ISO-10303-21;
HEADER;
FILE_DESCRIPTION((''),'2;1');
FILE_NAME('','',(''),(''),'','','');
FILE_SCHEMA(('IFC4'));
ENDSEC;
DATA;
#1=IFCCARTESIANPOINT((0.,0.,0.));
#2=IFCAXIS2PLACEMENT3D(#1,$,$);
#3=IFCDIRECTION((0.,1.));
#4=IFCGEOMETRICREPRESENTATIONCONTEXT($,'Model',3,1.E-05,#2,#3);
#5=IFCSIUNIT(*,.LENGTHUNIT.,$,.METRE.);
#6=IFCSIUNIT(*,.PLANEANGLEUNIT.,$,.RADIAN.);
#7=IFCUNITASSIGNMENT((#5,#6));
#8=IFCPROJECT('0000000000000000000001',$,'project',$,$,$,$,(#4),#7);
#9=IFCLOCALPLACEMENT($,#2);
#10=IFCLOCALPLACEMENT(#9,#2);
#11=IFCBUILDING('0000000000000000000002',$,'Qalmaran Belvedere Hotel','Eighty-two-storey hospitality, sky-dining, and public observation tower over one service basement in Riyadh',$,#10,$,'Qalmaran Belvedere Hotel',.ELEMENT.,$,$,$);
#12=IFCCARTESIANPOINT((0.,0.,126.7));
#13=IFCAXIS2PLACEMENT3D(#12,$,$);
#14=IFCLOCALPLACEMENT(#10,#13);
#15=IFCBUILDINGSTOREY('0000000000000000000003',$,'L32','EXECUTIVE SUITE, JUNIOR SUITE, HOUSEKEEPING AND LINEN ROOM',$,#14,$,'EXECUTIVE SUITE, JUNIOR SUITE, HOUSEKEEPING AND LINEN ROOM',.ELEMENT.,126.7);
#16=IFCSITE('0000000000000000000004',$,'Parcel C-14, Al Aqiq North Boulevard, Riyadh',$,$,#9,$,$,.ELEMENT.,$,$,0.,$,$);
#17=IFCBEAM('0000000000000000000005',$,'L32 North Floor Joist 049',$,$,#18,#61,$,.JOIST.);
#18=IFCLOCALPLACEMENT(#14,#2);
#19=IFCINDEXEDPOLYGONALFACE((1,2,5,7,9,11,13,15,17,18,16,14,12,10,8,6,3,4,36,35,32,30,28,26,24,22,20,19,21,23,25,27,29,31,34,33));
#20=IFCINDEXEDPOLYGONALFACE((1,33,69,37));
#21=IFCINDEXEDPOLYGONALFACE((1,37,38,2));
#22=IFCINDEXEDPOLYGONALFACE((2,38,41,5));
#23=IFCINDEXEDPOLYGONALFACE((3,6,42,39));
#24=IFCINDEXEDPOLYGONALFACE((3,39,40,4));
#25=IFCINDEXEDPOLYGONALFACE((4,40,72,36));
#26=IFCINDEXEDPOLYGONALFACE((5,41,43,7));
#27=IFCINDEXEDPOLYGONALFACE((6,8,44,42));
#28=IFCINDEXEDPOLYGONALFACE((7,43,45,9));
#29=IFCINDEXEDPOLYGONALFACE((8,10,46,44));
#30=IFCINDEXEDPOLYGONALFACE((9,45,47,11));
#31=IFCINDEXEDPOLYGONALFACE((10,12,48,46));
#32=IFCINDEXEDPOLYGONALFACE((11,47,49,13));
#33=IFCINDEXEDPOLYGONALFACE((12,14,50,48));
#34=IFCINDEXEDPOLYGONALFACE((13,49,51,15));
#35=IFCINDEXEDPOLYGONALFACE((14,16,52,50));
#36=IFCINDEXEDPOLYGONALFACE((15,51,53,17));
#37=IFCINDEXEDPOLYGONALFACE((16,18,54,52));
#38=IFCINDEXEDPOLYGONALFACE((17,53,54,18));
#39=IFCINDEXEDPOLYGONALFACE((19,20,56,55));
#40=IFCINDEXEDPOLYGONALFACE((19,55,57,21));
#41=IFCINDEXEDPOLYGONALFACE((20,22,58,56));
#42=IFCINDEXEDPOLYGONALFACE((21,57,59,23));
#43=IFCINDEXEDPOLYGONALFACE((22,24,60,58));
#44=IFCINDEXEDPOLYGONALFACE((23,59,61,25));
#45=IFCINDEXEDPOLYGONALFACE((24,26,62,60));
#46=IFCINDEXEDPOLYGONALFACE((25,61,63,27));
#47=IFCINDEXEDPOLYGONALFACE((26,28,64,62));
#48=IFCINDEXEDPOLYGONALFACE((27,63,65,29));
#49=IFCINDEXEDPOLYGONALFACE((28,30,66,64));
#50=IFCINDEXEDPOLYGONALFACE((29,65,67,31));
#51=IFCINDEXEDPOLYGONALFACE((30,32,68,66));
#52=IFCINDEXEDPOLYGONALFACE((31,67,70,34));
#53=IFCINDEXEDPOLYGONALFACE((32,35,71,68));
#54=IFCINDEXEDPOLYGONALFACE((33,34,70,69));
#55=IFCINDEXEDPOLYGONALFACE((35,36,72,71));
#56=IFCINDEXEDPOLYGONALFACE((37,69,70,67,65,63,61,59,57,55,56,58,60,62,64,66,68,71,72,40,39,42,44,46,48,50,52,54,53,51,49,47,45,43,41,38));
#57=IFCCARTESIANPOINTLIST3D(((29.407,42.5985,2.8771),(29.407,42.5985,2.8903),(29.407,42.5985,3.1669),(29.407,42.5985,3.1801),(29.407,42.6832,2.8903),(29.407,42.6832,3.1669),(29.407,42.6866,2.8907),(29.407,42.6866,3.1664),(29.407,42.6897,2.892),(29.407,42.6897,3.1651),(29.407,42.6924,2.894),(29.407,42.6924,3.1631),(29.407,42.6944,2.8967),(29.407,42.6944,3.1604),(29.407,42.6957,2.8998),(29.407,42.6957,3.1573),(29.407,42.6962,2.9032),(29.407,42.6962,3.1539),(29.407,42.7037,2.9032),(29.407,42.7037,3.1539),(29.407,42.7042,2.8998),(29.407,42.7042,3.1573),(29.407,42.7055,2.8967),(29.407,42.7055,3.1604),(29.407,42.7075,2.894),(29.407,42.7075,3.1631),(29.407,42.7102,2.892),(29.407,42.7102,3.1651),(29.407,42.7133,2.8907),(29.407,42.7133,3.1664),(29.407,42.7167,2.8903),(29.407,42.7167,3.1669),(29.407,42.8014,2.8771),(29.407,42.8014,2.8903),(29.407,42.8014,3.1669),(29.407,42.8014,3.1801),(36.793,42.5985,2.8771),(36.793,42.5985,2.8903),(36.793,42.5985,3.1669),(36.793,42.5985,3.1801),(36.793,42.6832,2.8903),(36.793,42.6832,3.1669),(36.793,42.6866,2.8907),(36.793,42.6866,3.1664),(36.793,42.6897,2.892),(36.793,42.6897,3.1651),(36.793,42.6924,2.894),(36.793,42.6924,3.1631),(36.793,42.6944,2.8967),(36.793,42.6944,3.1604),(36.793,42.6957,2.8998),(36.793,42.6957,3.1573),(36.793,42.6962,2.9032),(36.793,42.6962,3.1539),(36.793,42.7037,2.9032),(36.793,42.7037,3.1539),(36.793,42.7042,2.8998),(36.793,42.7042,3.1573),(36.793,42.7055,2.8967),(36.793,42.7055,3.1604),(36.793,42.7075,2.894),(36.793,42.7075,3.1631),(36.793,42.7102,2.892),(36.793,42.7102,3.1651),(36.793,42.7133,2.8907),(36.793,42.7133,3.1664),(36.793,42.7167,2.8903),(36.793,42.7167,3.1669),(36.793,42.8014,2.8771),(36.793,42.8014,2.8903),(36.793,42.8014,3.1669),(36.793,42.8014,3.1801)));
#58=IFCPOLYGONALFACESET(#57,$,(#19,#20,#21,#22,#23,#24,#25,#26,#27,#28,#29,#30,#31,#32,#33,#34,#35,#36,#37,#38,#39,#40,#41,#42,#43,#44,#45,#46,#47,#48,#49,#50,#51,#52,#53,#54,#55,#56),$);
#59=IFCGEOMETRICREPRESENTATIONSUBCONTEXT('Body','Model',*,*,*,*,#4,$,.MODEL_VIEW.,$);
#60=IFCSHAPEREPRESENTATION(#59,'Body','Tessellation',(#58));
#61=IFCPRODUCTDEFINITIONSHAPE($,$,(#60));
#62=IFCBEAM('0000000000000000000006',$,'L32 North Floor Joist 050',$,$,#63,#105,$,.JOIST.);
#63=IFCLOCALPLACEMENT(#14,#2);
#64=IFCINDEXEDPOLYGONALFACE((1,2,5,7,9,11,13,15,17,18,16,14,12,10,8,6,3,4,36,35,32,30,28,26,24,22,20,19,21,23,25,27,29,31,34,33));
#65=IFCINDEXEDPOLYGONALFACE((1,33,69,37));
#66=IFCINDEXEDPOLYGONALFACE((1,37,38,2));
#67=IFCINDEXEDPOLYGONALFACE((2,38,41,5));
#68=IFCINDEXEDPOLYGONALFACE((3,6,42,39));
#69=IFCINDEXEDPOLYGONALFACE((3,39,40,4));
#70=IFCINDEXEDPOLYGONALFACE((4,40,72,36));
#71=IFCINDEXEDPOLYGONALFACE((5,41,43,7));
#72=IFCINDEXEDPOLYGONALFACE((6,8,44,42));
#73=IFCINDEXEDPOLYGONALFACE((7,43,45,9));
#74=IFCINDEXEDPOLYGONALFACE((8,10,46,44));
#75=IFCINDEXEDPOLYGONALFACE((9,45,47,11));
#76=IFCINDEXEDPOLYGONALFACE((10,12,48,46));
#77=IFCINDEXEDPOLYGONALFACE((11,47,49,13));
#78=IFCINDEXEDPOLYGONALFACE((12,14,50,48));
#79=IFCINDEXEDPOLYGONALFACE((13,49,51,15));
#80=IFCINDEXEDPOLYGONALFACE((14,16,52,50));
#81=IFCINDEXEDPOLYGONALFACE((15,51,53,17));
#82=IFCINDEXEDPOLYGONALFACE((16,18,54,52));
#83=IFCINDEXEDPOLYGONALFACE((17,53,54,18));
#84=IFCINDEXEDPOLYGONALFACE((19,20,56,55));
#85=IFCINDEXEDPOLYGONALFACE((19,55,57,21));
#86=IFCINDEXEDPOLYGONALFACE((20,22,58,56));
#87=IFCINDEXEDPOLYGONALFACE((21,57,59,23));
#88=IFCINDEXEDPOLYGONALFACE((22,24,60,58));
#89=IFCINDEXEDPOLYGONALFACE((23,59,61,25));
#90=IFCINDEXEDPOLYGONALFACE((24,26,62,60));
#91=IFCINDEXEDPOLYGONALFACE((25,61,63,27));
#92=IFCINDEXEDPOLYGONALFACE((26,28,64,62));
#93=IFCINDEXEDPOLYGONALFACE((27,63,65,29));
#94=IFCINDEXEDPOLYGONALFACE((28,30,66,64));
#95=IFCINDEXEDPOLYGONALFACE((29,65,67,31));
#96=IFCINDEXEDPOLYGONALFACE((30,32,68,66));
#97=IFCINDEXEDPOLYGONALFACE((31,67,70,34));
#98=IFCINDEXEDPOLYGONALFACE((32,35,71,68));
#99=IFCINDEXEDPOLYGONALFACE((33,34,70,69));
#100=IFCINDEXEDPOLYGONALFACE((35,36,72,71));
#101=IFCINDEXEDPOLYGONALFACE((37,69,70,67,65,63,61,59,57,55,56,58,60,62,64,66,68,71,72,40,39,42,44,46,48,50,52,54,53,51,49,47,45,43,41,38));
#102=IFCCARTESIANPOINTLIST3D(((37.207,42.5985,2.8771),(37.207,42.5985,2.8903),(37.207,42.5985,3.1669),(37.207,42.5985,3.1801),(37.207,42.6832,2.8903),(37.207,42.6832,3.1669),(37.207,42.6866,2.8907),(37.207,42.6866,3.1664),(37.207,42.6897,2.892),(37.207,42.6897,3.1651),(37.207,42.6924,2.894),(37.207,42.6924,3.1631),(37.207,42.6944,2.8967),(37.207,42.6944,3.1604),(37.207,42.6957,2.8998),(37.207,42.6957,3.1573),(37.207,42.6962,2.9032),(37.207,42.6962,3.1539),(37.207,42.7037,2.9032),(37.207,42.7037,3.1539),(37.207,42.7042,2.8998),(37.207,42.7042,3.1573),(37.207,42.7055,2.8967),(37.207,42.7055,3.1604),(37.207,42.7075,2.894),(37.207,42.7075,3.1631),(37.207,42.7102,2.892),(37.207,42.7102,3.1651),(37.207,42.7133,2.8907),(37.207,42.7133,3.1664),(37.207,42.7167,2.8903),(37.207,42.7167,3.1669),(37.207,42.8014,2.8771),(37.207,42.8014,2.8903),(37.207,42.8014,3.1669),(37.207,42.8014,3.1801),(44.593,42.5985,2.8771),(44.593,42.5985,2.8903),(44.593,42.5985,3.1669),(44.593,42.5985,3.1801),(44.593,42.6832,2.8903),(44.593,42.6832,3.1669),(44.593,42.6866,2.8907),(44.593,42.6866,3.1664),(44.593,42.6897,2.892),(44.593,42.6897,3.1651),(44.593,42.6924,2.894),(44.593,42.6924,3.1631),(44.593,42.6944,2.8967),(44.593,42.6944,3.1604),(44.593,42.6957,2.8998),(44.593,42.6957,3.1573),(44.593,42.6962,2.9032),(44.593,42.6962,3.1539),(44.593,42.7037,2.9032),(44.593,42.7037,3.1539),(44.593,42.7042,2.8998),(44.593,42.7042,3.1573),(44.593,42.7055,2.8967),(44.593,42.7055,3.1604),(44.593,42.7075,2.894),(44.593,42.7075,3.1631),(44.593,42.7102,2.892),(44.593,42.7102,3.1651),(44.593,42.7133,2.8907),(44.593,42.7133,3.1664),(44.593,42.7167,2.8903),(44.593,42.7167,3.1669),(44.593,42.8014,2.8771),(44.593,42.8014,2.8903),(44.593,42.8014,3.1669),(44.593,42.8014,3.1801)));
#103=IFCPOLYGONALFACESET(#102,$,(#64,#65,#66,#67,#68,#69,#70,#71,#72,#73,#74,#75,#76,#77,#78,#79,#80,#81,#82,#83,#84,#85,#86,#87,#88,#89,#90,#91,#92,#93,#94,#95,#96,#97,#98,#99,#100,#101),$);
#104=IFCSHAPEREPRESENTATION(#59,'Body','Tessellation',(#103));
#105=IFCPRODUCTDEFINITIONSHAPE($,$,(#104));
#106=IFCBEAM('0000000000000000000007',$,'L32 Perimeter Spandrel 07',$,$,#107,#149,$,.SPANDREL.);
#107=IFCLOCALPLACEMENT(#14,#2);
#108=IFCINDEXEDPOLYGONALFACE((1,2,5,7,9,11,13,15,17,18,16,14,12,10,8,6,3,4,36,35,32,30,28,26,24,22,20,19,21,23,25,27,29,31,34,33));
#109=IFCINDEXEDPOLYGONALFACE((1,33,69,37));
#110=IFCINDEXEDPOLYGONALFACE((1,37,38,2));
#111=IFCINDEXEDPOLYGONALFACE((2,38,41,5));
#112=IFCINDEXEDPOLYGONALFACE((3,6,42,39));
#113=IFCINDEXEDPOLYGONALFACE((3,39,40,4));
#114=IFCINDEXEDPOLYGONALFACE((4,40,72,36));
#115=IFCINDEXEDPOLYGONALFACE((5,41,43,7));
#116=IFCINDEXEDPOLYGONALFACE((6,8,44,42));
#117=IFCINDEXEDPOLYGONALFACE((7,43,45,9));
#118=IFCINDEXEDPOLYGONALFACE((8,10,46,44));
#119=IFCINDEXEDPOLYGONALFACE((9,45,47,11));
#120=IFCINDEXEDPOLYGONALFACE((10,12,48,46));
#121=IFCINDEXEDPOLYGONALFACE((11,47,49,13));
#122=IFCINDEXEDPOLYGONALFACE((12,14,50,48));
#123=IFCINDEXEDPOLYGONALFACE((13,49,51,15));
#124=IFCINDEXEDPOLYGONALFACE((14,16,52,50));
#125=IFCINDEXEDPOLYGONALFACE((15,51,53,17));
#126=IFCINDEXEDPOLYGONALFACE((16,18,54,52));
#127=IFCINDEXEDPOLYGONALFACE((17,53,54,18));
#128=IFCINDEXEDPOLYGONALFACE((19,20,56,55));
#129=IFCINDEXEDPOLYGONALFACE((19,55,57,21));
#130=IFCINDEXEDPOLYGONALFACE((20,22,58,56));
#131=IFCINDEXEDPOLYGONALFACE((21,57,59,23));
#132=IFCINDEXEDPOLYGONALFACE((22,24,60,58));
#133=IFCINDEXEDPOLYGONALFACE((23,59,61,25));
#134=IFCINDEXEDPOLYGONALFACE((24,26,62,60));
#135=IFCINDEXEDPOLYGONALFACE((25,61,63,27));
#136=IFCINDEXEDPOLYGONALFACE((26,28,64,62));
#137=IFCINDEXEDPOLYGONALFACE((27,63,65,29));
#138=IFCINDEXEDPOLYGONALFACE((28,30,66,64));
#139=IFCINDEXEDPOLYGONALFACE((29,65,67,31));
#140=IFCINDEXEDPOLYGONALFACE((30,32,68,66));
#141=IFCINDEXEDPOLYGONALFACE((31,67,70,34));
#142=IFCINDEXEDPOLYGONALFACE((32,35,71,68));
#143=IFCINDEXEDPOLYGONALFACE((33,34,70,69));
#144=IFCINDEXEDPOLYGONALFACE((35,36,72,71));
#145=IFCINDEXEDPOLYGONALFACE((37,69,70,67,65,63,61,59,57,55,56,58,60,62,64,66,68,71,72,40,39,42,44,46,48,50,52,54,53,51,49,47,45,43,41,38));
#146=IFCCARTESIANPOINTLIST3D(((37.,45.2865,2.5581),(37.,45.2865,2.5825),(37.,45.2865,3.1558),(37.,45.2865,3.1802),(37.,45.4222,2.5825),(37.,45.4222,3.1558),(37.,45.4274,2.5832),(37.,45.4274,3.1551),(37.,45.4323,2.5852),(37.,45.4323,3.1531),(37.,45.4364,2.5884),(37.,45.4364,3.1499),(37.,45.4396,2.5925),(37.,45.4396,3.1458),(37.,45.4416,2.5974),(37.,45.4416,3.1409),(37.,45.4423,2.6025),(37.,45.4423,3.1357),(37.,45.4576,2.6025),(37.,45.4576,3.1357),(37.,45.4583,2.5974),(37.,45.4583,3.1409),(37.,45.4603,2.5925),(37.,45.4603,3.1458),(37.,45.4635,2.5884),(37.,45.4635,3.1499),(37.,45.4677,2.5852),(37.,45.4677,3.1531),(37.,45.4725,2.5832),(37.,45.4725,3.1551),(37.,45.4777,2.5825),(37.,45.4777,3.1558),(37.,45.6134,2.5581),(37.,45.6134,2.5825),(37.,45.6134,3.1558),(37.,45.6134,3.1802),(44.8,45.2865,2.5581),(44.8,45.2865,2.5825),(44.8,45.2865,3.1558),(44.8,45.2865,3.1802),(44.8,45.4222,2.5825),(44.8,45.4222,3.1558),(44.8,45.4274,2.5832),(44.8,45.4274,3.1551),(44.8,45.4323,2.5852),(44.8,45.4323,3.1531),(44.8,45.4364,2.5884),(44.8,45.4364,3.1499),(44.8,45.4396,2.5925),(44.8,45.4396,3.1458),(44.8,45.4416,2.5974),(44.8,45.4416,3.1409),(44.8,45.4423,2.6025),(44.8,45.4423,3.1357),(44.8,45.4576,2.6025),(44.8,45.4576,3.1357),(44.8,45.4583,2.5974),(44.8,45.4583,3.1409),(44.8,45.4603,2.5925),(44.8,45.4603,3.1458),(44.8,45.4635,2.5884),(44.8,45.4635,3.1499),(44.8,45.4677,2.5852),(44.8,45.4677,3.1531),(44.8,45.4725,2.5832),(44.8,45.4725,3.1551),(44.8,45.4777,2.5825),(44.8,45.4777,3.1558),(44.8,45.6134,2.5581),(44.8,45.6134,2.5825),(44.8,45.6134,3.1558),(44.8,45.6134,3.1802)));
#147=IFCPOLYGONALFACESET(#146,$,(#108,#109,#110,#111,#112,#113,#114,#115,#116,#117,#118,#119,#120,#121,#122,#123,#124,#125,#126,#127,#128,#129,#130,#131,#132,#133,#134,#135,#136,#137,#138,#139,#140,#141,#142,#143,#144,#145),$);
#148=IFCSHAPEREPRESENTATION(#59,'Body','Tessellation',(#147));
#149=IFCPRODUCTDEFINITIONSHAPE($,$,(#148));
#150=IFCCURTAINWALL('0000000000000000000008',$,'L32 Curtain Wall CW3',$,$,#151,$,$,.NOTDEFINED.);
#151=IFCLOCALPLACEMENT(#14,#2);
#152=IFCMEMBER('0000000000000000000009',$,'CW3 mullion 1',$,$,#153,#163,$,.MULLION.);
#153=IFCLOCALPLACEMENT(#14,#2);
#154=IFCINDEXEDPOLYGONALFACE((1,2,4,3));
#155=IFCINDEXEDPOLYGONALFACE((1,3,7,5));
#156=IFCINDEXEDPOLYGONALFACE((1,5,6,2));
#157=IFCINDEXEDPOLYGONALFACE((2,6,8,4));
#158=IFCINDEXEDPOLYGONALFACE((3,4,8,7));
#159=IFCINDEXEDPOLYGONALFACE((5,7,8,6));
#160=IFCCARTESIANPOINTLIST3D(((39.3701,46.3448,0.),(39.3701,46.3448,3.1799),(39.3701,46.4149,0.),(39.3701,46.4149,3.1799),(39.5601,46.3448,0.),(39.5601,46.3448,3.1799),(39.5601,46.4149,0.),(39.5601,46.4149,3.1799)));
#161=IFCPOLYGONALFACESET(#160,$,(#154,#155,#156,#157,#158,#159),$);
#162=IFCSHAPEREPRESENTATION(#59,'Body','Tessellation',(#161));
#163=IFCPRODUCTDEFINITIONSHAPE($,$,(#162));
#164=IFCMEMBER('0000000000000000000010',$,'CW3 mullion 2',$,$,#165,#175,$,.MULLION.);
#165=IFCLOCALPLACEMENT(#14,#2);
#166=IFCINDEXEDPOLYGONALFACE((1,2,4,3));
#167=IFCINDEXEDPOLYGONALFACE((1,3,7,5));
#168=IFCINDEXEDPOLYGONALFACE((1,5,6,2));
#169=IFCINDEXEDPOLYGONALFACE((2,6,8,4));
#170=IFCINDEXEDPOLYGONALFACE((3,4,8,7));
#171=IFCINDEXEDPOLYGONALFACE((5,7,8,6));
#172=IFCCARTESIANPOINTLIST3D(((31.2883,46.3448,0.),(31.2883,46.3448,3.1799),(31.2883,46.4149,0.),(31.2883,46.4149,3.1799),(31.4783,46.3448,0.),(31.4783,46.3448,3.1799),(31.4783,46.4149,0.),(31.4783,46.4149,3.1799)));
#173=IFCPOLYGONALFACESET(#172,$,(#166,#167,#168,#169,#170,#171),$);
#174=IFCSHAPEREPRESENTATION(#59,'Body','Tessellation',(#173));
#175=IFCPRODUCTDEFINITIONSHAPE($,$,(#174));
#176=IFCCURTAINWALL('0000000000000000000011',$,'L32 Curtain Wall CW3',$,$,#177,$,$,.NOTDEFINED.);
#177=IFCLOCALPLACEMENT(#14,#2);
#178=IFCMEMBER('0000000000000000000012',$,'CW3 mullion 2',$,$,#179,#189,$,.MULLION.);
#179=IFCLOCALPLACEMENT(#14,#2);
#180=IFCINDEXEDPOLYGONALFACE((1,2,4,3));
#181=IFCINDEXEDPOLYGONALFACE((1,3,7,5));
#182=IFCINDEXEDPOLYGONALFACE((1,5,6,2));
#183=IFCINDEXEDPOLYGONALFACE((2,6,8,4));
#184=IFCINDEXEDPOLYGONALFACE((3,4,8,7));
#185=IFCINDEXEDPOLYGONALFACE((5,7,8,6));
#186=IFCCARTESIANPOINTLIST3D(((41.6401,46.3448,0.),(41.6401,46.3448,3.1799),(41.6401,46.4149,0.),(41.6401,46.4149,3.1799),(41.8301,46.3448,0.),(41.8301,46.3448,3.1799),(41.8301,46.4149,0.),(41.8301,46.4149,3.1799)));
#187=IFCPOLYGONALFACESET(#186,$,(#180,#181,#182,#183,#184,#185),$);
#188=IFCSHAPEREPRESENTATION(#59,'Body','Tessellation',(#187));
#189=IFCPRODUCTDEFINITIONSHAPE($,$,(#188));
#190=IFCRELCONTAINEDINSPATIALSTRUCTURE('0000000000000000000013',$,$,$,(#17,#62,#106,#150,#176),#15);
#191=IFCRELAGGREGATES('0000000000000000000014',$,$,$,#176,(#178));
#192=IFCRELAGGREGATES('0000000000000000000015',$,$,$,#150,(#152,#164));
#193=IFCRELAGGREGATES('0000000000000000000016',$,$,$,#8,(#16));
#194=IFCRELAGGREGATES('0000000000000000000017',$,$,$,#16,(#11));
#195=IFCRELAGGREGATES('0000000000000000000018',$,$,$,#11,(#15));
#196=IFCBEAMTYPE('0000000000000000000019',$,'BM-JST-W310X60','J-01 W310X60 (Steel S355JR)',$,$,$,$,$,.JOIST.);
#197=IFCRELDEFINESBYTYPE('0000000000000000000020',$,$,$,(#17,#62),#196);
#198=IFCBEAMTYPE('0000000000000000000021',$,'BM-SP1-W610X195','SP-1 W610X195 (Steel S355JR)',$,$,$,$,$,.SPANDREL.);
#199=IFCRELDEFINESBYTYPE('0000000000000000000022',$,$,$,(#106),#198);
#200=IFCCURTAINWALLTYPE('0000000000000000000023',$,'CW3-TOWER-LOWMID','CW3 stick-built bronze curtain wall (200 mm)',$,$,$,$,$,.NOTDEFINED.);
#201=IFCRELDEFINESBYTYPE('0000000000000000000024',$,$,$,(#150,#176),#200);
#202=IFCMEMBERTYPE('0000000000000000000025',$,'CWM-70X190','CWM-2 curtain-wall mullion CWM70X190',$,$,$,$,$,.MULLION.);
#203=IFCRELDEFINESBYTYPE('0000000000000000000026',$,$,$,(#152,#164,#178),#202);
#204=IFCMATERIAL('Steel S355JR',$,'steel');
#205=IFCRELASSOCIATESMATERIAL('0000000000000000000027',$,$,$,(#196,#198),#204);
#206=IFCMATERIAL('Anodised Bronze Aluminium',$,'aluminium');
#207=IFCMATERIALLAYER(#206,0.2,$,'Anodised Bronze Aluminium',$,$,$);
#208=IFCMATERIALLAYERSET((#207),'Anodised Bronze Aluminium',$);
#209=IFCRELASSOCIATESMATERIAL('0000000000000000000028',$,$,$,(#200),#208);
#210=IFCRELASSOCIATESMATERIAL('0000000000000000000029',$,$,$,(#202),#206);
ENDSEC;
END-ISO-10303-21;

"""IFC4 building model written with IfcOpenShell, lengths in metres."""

from ifc_helpers import new_model, si_unit, direction, frame, origin, origin_2d, place, context, subcontext, project, spatial, rectangle, i_section, extrude, material, layer, layer_set, material_profile, profile_set, type_object, element, aggregate, save


model = new_model("IFC4")

# Units and contexts
model_context = context("Model", 3, precision=1e-05, world=origin(), true_north=direction((0.0, 1.0)))
body_context = subcontext(model_context, "Body", "Model", "MODEL_VIEW")
ifc_project = project(units=[si_unit("LENGTHUNIT", "METRE"), si_unit("PLANEANGLEUNIT", "RADIAN")], contexts=[model_context])

# Site, building, storey
site_placement = place(None, origin())
site = spatial("IfcSite", under=ifc_project, at=site_placement, Name="Parcel C-14, Al Aqiq North Boulevard, Riyadh", CompositionType="ELEMENT", RefElevation=0.0)
building_placement = place(site_placement, origin())
building = spatial("IfcBuilding", under=site, at=building_placement, Name="Qalmaran Belvedere Hotel", Description="Eighty-two-storey hospitality, sky-dining, and public observation tower over one service basement in Riyadh", LongName="Qalmaran Belvedere Hotel", CompositionType="ELEMENT")
storey_placement = place(building_placement, frame((0.0, 0.0, 126.7)))
storey = spatial("IfcBuildingStorey", under=building, at=storey_placement, Name="L32", Description="EXECUTIVE SUITE, JUNIOR SUITE, HOUSEKEEPING AND LINEN ROOM", LongName="EXECUTIVE SUITE, JUNIOR SUITE, HOUSEKEEPING AND LINEN ROOM", CompositionType="ELEMENT", Elevation=126.7)

# Beams
ifc_material_1 = material(Name="Steel S355JR", Category="steel")
ifc_material_profile_1 = material_profile(ifc_material_1, i_section(OverallWidth=0.2029, OverallDepth=0.303, WebThickness=0.0076, FlangeThickness=0.0132, FilletRadius=0.0129, at=origin_2d()), Name="W310X60")
ifc_profile_set_1 = profile_set([ifc_material_profile_1], Name="Steel S355JR")
beam_type_1 = type_object("IfcBeamType", Name="BM-JST-W310X60", Description="J-01 W310X60 (Steel S355JR)", PredefinedType="JOIST", material=ifc_profile_set_1)
for number, where, z_axis, x_axis, name in (
    (1, (29.407, 42.7, 3.0286), (1.0, 0.0, 0.0), (0.0, 1.0, 0.0), "L32 North Floor Joist 049"),
    (2, (37.207, 42.7, 3.0286), (1.0, 0.0, 0.0), (0.0, 1.0, 0.0), "L32 North Floor Joist 050"),
):
    element("IfcBeam", number, at=place(storey_placement, frame(where, z_axis=z_axis, x_axis=x_axis)), inside=storey, type_object=beam_type_1, Name=name, PredefinedType="JOIST", context=body_context, shape_type="SweptSolid", body=[
        extrude(i_section(OverallWidth=0.2029, OverallDepth=0.303, WebThickness=0.0076, FlangeThickness=0.0132, FilletRadius=0.0129, at=origin_2d()), origin(), (0.0, 0.0, 1.0), 7.386),
    ])
ifc_material_profile_2 = material_profile(ifc_material_1, i_section(OverallWidth=0.3269, OverallDepth=0.6221, WebThickness=0.0154, FlangeThickness=0.0244, FilletRadius=0.02, at=origin_2d()), Name="W610X195")
ifc_profile_set_2 = profile_set([ifc_material_profile_2], Name="Steel S355JR")
beam_type_2 = type_object("IfcBeamType", Name="BM-SP1-W610X195", Description="SP-1 W610X195 (Steel S355JR)", PredefinedType="SPANDREL", material=ifc_profile_set_2)
beam_placement = place(storey_placement, frame((37.0, 45.45, 2.8691), z_axis=(1.0, 0.0, 0.0), x_axis=(0.0, 1.0, 0.0)))
element("IfcBeam", 3, at=beam_placement, inside=storey, type_object=beam_type_2, Name="L32 Perimeter Spandrel 07", PredefinedType="SPANDREL", context=body_context, shape_type="SweptSolid", body=[
    extrude(i_section(OverallWidth=0.3269, OverallDepth=0.6221, WebThickness=0.0154, FlangeThickness=0.0244, FilletRadius=0.02, at=origin_2d()), origin(), (0.0, 0.0, 1.0), 7.8),
])

# Curtain wall, members
ifc_material_2 = material(Name="Anodised Bronze Aluminium", Category="aluminium")
ifc_layer_1 = layer(ifc_material_2, 0.2, Name="Anodised Bronze Aluminium")
ifc_layer_set_1 = layer_set([ifc_layer_1], Name="Anodised Bronze Aluminium")
curtain_wall_type = type_object("IfcCurtainWallType", Name="CW3-TOWER-LOWMID", Description="CW3 stick-built bronze curtain wall (200 mm)", PredefinedType="NOTDEFINED", material=ifc_layer_set_1)
curtain_wall_1_placement = place(storey_placement, origin())
curtain_wall_1 = element("IfcCurtainWall", 4, at=curtain_wall_1_placement, inside=storey, type_object=curtain_wall_type, Name="L32 Curtain Wall CW3", PredefinedType="NOTDEFINED")
ifc_material_profile_3 = material_profile(ifc_material_2, rectangle(XDim=0.0701, YDim=0.1899, at=origin_2d()), Name="CWM70X190")
ifc_profile_set_3 = profile_set([ifc_material_profile_3], Name="Anodised Bronze Aluminium")
member_type_1 = type_object("IfcMemberType", Name="CWM-70X190", Description="CWM-2 curtain-wall mullion CWM70X190", PredefinedType="MULLION", material=ifc_profile_set_3)
member_1_placement = place(storey_placement, frame((39.4651, 46.3799, 0.0), z_axis=(0.0, 0.0, 1.0), x_axis=(0.0, -1.0, 0.0)))
member_1 = element("IfcMember", 5, at=member_1_placement, type_object=member_type_1, Name="CW3 mullion 1", PredefinedType="MULLION", context=body_context, shape_type="SweptSolid", body=[
    extrude(rectangle(XDim=0.0701, YDim=0.1899, at=origin_2d()), origin(), (0.0, 0.0, 1.0), 3.1799),
])
member_2_placement = place(storey_placement, frame((31.3833, 46.3799, 0.0), z_axis=(0.0, 0.0, 1.0), x_axis=(0.0, -1.0, 0.0)))
member_2 = element("IfcMember", 6, at=member_2_placement, type_object=member_type_1, Name="CW3 mullion 2", PredefinedType="MULLION", context=body_context, shape_type="SweptSolid", body=[
    extrude(rectangle(XDim=0.0701, YDim=0.1899, at=origin_2d()), origin(), (0.0, 0.0, 1.0), 3.1799),
])

# Curtain wall, member
curtain_wall_2_placement = place(storey_placement, origin())
curtain_wall_2 = element("IfcCurtainWall", 7, at=curtain_wall_2_placement, inside=storey, type_object=curtain_wall_type, Name="L32 Curtain Wall CW3", PredefinedType="NOTDEFINED")
member_3_placement = place(storey_placement, frame((41.7351, 46.3799, 0.0), z_axis=(0.0, 0.0, 1.0), x_axis=(0.0, -1.0, 0.0)))
member_3 = element("IfcMember", 8, at=member_3_placement, type_object=member_type_1, Name="CW3 mullion 2", PredefinedType="MULLION", context=body_context, shape_type="SweptSolid", body=[
    extrude(rectangle(XDim=0.0701, YDim=0.1899, at=origin_2d()), origin(), (0.0, 0.0, 1.0), 3.1799),
])
aggregate(curtain_wall_2, [member_3])

aggregate(curtain_wall_1, [member_1, member_2])

save(model, "model.ifc")
